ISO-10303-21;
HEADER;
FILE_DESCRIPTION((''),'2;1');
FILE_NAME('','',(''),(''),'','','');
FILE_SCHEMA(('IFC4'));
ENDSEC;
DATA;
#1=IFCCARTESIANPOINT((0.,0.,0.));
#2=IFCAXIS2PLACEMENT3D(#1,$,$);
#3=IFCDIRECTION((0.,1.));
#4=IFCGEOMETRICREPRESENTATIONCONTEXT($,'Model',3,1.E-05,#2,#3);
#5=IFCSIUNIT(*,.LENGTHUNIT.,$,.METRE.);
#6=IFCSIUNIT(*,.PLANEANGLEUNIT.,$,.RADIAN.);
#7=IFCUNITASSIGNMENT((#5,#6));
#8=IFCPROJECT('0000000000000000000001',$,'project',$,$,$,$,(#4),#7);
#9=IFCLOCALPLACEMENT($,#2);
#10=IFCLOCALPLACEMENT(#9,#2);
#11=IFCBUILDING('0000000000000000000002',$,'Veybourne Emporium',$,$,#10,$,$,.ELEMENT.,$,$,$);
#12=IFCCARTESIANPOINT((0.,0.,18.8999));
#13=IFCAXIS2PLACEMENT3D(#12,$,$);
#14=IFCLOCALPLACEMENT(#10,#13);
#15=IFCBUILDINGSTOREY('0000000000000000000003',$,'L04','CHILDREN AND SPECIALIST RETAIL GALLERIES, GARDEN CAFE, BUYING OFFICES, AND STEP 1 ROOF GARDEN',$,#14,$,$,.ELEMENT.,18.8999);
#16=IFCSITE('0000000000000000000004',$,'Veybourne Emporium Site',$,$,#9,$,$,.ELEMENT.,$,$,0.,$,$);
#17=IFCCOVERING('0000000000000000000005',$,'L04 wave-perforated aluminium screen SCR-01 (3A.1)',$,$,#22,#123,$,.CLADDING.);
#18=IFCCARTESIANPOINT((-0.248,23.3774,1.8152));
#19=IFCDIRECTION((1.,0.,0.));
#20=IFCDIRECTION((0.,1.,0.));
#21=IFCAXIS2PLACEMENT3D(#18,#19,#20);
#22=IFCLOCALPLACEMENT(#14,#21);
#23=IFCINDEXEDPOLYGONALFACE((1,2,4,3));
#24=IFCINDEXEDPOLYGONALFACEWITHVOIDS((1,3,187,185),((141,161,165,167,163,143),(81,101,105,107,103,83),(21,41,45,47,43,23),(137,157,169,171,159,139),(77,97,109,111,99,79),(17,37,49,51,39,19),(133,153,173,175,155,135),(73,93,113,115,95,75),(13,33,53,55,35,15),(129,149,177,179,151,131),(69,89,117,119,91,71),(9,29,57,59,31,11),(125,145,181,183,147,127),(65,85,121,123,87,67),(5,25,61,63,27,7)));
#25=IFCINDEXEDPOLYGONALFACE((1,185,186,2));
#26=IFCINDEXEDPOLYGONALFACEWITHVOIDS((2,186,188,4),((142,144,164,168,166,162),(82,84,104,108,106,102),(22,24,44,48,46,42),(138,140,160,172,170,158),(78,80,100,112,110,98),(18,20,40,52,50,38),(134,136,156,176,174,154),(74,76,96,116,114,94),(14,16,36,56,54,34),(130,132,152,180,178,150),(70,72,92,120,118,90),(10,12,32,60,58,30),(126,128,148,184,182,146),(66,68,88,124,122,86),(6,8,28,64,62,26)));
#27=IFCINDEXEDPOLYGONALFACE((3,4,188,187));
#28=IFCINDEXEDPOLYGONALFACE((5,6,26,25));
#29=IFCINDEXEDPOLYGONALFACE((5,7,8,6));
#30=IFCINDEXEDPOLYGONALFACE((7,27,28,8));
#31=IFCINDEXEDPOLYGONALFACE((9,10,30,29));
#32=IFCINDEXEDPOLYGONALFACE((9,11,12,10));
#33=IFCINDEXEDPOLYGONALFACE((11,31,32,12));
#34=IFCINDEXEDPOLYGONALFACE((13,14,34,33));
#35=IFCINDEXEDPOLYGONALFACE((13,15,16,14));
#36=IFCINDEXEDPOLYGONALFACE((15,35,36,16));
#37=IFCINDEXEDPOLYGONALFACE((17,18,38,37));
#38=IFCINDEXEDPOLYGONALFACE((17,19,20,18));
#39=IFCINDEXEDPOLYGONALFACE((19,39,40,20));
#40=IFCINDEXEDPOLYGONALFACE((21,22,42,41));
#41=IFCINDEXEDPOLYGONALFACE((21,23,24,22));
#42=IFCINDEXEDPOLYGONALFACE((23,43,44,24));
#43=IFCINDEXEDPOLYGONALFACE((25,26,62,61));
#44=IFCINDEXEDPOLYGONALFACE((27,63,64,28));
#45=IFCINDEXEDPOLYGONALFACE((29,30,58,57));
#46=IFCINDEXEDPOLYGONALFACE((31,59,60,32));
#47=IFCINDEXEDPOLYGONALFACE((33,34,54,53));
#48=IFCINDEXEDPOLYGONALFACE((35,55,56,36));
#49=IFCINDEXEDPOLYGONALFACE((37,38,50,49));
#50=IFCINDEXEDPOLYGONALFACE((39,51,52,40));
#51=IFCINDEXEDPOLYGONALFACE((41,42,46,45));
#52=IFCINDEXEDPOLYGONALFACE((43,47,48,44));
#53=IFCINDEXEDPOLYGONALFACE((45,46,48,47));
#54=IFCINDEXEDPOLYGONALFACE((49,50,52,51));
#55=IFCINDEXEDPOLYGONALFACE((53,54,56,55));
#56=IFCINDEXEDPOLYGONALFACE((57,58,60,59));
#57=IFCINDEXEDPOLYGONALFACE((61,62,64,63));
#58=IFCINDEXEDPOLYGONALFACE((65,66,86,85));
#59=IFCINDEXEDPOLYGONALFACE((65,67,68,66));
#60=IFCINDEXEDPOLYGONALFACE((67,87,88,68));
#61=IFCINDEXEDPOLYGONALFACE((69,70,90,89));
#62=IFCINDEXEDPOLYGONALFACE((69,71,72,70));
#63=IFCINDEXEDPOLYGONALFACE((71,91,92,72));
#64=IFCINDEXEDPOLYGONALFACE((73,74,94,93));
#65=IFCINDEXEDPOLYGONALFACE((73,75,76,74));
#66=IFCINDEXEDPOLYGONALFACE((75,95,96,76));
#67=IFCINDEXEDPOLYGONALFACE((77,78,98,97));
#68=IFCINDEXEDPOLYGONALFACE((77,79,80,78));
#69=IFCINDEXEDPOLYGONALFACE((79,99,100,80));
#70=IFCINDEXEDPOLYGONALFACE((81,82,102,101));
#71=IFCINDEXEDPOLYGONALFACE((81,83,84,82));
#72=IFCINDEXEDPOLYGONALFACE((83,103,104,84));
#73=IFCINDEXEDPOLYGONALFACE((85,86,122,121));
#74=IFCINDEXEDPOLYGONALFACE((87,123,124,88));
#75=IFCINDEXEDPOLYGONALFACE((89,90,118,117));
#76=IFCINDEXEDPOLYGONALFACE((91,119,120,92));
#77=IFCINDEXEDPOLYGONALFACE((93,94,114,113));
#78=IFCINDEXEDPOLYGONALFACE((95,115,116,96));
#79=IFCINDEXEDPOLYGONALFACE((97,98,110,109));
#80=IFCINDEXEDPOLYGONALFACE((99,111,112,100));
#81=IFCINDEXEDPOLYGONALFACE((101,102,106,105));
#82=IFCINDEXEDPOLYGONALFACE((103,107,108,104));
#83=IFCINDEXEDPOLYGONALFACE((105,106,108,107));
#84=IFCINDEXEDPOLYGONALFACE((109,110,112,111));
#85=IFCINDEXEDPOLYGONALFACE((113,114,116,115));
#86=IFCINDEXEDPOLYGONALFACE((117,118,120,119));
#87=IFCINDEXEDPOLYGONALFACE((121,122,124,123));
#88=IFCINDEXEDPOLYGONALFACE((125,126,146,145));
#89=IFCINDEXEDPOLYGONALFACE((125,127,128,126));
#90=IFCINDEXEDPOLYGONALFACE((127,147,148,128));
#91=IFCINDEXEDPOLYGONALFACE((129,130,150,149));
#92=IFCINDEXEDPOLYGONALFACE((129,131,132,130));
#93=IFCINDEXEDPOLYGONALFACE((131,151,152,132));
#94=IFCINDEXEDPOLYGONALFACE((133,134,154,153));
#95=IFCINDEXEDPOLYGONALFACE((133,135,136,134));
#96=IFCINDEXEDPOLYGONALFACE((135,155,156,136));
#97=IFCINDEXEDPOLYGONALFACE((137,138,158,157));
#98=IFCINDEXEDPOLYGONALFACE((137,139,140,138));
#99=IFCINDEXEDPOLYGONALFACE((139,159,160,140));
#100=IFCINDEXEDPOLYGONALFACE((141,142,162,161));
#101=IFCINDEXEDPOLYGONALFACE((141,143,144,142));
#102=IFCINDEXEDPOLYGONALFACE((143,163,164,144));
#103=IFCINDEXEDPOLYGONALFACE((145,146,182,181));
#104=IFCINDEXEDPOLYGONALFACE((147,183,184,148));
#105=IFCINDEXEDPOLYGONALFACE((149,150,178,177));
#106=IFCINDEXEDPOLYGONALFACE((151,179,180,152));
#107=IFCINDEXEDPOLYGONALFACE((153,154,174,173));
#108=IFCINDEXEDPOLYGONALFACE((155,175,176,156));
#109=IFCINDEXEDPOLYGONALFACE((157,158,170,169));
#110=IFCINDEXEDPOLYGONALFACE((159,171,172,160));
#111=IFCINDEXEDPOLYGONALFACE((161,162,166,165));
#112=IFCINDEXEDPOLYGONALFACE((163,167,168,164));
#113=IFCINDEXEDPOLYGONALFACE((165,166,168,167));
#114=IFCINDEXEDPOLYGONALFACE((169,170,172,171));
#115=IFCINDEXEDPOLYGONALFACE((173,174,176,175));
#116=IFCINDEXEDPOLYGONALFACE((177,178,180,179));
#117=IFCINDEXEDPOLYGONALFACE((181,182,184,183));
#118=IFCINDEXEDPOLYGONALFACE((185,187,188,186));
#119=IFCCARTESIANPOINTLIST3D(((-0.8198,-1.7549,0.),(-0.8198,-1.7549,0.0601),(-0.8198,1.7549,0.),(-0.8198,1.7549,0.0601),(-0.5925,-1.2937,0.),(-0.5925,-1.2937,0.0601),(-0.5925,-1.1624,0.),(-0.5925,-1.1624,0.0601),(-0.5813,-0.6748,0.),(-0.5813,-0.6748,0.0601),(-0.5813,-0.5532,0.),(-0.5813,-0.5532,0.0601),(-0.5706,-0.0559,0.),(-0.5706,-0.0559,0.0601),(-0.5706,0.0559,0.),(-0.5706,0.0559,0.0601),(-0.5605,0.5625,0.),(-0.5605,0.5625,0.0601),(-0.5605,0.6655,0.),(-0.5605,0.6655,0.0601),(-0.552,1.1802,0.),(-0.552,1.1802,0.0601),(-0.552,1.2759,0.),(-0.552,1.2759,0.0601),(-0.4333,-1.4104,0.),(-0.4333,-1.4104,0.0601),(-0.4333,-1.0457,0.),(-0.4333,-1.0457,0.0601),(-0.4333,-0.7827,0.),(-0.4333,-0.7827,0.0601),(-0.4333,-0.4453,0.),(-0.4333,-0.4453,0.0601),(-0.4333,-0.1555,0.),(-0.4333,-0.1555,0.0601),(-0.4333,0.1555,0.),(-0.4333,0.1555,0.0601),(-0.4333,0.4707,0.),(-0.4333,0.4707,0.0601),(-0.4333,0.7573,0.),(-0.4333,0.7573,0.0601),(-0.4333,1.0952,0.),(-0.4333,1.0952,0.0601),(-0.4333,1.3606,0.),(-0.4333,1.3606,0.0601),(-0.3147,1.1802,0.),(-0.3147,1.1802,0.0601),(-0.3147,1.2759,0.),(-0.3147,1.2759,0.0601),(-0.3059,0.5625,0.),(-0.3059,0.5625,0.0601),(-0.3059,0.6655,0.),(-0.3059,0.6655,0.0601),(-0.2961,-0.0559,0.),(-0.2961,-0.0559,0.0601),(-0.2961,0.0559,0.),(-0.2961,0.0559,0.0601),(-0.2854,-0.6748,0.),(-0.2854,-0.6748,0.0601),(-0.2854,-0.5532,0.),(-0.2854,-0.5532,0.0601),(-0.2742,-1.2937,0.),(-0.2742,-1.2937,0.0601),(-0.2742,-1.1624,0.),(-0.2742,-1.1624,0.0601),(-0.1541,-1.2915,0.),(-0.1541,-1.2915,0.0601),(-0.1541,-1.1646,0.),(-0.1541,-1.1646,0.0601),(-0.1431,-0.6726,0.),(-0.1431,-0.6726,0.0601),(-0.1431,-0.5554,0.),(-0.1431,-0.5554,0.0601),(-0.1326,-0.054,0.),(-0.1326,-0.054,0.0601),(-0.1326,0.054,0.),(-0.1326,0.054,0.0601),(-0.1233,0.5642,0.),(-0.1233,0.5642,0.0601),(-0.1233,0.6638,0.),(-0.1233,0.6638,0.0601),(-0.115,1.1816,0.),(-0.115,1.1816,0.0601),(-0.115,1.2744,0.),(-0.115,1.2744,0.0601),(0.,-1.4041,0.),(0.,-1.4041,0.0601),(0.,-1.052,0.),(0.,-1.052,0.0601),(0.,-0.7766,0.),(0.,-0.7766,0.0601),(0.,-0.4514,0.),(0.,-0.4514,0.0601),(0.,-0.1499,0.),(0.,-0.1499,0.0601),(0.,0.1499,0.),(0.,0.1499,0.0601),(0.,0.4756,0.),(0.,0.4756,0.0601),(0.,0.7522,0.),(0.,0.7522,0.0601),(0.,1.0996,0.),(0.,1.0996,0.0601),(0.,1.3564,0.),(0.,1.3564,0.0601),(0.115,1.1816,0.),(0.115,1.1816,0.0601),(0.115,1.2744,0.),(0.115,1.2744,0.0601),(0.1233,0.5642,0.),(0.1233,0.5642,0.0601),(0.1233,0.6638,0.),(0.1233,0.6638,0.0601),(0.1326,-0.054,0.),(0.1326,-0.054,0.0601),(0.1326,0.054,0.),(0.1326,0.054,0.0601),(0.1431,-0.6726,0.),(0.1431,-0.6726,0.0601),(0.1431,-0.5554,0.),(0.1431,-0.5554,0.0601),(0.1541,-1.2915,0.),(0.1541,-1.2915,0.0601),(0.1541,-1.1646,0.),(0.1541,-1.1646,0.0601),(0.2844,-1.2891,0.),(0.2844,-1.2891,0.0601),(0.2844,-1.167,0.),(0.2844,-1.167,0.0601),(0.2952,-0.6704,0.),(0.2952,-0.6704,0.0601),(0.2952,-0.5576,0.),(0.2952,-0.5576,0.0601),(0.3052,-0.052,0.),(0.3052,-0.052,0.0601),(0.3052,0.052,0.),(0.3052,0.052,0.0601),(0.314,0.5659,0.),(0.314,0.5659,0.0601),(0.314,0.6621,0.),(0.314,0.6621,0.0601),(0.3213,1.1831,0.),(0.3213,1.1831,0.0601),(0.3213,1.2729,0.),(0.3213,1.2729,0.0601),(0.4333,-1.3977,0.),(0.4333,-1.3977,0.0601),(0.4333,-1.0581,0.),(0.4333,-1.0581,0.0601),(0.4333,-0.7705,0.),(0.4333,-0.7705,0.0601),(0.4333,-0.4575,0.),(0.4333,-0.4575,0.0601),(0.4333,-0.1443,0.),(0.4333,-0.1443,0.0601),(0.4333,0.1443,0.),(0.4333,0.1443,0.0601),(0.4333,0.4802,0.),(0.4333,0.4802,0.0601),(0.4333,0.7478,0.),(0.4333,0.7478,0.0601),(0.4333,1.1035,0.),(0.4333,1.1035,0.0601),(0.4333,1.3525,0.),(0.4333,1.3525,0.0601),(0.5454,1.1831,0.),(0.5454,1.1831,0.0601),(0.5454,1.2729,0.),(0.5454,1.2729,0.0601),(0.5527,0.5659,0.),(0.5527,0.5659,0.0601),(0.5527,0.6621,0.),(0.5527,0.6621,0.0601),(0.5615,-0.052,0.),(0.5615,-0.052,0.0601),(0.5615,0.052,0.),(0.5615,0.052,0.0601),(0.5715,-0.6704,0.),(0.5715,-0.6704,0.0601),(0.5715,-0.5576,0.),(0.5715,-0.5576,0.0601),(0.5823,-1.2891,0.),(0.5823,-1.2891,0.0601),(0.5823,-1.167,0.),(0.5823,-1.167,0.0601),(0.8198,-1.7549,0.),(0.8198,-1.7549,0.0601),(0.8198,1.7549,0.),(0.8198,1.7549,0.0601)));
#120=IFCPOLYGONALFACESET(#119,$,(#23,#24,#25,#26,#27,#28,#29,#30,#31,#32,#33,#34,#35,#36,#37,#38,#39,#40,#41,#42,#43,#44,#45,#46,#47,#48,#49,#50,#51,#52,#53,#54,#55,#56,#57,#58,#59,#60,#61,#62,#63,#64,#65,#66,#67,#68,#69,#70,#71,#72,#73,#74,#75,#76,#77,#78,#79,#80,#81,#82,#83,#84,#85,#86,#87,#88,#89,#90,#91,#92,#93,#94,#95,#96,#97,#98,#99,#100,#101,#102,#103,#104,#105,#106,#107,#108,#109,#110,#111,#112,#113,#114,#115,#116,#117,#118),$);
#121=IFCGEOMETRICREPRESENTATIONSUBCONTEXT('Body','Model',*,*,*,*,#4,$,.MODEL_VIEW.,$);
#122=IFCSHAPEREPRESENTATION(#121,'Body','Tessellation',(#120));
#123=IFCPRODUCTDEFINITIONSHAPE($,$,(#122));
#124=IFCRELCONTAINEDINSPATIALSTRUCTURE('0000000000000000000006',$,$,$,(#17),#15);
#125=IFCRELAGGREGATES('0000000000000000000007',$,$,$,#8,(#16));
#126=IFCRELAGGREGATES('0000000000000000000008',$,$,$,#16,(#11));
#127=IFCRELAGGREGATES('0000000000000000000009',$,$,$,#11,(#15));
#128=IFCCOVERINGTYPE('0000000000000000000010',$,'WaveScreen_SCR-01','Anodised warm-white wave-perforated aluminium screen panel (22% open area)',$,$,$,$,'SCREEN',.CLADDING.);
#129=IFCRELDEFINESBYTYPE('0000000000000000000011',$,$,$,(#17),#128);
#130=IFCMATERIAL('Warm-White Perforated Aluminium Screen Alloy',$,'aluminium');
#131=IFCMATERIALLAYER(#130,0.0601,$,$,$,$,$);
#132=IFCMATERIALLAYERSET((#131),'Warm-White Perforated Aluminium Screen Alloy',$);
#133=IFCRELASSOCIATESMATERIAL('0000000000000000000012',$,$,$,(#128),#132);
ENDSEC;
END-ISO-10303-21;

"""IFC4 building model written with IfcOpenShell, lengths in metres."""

from ifc_helpers import new_model, si_unit, direction, frame, origin, place, context, subcontext, project, spatial, polyline, outline, extrude, material, layer, layer_set, type_object, element, save


model = new_model("IFC4")

# Units and contexts
model_context = context("Model", 3, precision=1e-05, world=origin(), true_north=direction((0.0, 1.0)))
body_context = subcontext(model_context, "Body", "Model", "MODEL_VIEW")
ifc_project = project(units=[si_unit("LENGTHUNIT", "METRE"), si_unit("PLANEANGLEUNIT", "RADIAN")], contexts=[model_context])

# Site, building, storey
site_placement = place(None, origin())
site = spatial("IfcSite", under=ifc_project, at=site_placement, Name="Veybourne Emporium Site", CompositionType="ELEMENT", RefElevation=0.0)
building_placement = place(site_placement, origin())
building = spatial("IfcBuilding", under=site, at=building_placement, Name="Veybourne Emporium", CompositionType="ELEMENT")
storey_placement = place(building_placement, frame((0.0, 0.0, 18.8999)))
storey = spatial("IfcBuildingStorey", under=building, at=storey_placement, Name="L04", Description="CHILDREN AND SPECIALIST RETAIL GALLERIES, GARDEN CAFE, BUYING OFFICES, AND STEP 1 ROOF GARDEN", CompositionType="ELEMENT", Elevation=18.8999)

# Covering
ifc_material_1 = material(Name="Warm-White Perforated Aluminium Screen Alloy", Category="aluminium")
ifc_layer_1 = layer(ifc_material_1, 0.0601)
ifc_layer_set_1 = layer_set([ifc_layer_1], Name="Warm-White Perforated Aluminium Screen Alloy")
covering_type_1 = type_object("IfcCoveringType", Name="WaveScreen_SCR-01", Description="Anodised warm-white wave-perforated aluminium screen panel (22% open area)", ElementType="SCREEN", PredefinedType="CLADDING", material=ifc_layer_set_1)
covering_1_placement = place(storey_placement, frame((-0.248, 23.3774, 1.8152), z_axis=(1.0, 0.0, 0.0), x_axis=(0.0, 1.0, 0.0)))
element("IfcCovering", 1, at=covering_1_placement, inside=storey, type_object=covering_type_1, Name="L04 wave-perforated aluminium screen SCR-01 (3A.1)", PredefinedType="CLADDING", context=body_context, shape_type="SweptSolid", body=[
    extrude(outline(polyline([(-0.8198, -1.7549), (0.8198, -1.7549), (0.8198, 1.7549), (-0.8198, 1.7549), (-0.8198, -1.7549)]), holes=[polyline([(-0.4333, -1.0457), (-0.2742, -1.1624), (-0.2742, -1.2937), (-0.4333, -1.4104), (-0.5925, -1.2937), (-0.5925, -1.1624), (-0.4333, -1.0457)]), polyline([(-0.4333, -0.4453), (-0.2854, -0.5532), (-0.2854, -0.6748), (-0.4333, -0.7827), (-0.5813, -0.6748), (-0.5813, -0.5532), (-0.4333, -0.4453)]), polyline([(-0.4333, 0.1555), (-0.2961, 0.0559), (-0.2961, -0.0559), (-0.4333, -0.1555), (-0.5706, -0.0559), (-0.5706, 0.0559), (-0.4333, 0.1555)]), polyline([(-0.4333, 0.7573), (-0.3059, 0.6655), (-0.3059, 0.5625), (-0.4333, 0.4707), (-0.5605, 0.5625), (-0.5605, 0.6655), (-0.4333, 0.7573)]), polyline([(-0.4333, 1.3606), (-0.3147, 1.2759), (-0.3147, 1.1802), (-0.4333, 1.0952), (-0.552, 1.1802), (-0.552, 1.2759), (-0.4333, 1.3606)]), polyline([(0.0, -1.052), (0.1541, -1.1646), (0.1541, -1.2915), (0.0, -1.4041), (-0.1541, -1.2915), (-0.1541, -1.1646), (0.0, -1.052)]), polyline([(0.0, -0.4514), (0.1431, -0.5554), (0.1431, -0.6726), (0.0, -0.7766), (-0.1431, -0.6726), (-0.1431, -0.5554), (0.0, -0.4514)]), polyline([(0.0, 0.1499), (0.1326, 0.054), (0.1326, -0.054), (0.0, -0.1499), (-0.1326, -0.054), (-0.1326, 0.054), (0.0, 0.1499)]), polyline([(0.0, 0.7522), (0.1233, 0.6638), (0.1233, 0.5642), (0.0, 0.4756), (-0.1233, 0.5642), (-0.1233, 0.6638), (0.0, 0.7522)]), polyline([(0.0, 1.3564), (0.115, 1.2744), (0.115, 1.1816), (0.0, 1.0996), (-0.115, 1.1816), (-0.115, 1.2744), (0.0, 1.3564)]), polyline([(0.4333, -1.0581), (0.5823, -1.167), (0.5823, -1.2891), (0.4333, -1.3977), (0.2844, -1.2891), (0.2844, -1.167), (0.4333, -1.0581)]), polyline([(0.4333, -0.4575), (0.5715, -0.5576), (0.5715, -0.6704), (0.4333, -0.7705), (0.2952, -0.6704), (0.2952, -0.5576), (0.4333, -0.4575)]), polyline([(0.4333, 0.1443), (0.5615, 0.052), (0.5615, -0.052), (0.4333, -0.1443), (0.3052, -0.052), (0.3052, 0.052), (0.4333, 0.1443)]), polyline([(0.4333, 0.7478), (0.5527, 0.6621), (0.5527, 0.5659), (0.4333, 0.4802), (0.314, 0.5659), (0.314, 0.6621), (0.4333, 0.7478)]), polyline([(0.4333, 1.3525), (0.5454, 1.2729), (0.5454, 1.1831), (0.4333, 1.1035), (0.3213, 1.1831), (0.3213, 1.2729), (0.4333, 1.3525)])]), origin(), (0.0, 0.0, 1.0), 0.0601),
])

save(model, "model.ifc")
